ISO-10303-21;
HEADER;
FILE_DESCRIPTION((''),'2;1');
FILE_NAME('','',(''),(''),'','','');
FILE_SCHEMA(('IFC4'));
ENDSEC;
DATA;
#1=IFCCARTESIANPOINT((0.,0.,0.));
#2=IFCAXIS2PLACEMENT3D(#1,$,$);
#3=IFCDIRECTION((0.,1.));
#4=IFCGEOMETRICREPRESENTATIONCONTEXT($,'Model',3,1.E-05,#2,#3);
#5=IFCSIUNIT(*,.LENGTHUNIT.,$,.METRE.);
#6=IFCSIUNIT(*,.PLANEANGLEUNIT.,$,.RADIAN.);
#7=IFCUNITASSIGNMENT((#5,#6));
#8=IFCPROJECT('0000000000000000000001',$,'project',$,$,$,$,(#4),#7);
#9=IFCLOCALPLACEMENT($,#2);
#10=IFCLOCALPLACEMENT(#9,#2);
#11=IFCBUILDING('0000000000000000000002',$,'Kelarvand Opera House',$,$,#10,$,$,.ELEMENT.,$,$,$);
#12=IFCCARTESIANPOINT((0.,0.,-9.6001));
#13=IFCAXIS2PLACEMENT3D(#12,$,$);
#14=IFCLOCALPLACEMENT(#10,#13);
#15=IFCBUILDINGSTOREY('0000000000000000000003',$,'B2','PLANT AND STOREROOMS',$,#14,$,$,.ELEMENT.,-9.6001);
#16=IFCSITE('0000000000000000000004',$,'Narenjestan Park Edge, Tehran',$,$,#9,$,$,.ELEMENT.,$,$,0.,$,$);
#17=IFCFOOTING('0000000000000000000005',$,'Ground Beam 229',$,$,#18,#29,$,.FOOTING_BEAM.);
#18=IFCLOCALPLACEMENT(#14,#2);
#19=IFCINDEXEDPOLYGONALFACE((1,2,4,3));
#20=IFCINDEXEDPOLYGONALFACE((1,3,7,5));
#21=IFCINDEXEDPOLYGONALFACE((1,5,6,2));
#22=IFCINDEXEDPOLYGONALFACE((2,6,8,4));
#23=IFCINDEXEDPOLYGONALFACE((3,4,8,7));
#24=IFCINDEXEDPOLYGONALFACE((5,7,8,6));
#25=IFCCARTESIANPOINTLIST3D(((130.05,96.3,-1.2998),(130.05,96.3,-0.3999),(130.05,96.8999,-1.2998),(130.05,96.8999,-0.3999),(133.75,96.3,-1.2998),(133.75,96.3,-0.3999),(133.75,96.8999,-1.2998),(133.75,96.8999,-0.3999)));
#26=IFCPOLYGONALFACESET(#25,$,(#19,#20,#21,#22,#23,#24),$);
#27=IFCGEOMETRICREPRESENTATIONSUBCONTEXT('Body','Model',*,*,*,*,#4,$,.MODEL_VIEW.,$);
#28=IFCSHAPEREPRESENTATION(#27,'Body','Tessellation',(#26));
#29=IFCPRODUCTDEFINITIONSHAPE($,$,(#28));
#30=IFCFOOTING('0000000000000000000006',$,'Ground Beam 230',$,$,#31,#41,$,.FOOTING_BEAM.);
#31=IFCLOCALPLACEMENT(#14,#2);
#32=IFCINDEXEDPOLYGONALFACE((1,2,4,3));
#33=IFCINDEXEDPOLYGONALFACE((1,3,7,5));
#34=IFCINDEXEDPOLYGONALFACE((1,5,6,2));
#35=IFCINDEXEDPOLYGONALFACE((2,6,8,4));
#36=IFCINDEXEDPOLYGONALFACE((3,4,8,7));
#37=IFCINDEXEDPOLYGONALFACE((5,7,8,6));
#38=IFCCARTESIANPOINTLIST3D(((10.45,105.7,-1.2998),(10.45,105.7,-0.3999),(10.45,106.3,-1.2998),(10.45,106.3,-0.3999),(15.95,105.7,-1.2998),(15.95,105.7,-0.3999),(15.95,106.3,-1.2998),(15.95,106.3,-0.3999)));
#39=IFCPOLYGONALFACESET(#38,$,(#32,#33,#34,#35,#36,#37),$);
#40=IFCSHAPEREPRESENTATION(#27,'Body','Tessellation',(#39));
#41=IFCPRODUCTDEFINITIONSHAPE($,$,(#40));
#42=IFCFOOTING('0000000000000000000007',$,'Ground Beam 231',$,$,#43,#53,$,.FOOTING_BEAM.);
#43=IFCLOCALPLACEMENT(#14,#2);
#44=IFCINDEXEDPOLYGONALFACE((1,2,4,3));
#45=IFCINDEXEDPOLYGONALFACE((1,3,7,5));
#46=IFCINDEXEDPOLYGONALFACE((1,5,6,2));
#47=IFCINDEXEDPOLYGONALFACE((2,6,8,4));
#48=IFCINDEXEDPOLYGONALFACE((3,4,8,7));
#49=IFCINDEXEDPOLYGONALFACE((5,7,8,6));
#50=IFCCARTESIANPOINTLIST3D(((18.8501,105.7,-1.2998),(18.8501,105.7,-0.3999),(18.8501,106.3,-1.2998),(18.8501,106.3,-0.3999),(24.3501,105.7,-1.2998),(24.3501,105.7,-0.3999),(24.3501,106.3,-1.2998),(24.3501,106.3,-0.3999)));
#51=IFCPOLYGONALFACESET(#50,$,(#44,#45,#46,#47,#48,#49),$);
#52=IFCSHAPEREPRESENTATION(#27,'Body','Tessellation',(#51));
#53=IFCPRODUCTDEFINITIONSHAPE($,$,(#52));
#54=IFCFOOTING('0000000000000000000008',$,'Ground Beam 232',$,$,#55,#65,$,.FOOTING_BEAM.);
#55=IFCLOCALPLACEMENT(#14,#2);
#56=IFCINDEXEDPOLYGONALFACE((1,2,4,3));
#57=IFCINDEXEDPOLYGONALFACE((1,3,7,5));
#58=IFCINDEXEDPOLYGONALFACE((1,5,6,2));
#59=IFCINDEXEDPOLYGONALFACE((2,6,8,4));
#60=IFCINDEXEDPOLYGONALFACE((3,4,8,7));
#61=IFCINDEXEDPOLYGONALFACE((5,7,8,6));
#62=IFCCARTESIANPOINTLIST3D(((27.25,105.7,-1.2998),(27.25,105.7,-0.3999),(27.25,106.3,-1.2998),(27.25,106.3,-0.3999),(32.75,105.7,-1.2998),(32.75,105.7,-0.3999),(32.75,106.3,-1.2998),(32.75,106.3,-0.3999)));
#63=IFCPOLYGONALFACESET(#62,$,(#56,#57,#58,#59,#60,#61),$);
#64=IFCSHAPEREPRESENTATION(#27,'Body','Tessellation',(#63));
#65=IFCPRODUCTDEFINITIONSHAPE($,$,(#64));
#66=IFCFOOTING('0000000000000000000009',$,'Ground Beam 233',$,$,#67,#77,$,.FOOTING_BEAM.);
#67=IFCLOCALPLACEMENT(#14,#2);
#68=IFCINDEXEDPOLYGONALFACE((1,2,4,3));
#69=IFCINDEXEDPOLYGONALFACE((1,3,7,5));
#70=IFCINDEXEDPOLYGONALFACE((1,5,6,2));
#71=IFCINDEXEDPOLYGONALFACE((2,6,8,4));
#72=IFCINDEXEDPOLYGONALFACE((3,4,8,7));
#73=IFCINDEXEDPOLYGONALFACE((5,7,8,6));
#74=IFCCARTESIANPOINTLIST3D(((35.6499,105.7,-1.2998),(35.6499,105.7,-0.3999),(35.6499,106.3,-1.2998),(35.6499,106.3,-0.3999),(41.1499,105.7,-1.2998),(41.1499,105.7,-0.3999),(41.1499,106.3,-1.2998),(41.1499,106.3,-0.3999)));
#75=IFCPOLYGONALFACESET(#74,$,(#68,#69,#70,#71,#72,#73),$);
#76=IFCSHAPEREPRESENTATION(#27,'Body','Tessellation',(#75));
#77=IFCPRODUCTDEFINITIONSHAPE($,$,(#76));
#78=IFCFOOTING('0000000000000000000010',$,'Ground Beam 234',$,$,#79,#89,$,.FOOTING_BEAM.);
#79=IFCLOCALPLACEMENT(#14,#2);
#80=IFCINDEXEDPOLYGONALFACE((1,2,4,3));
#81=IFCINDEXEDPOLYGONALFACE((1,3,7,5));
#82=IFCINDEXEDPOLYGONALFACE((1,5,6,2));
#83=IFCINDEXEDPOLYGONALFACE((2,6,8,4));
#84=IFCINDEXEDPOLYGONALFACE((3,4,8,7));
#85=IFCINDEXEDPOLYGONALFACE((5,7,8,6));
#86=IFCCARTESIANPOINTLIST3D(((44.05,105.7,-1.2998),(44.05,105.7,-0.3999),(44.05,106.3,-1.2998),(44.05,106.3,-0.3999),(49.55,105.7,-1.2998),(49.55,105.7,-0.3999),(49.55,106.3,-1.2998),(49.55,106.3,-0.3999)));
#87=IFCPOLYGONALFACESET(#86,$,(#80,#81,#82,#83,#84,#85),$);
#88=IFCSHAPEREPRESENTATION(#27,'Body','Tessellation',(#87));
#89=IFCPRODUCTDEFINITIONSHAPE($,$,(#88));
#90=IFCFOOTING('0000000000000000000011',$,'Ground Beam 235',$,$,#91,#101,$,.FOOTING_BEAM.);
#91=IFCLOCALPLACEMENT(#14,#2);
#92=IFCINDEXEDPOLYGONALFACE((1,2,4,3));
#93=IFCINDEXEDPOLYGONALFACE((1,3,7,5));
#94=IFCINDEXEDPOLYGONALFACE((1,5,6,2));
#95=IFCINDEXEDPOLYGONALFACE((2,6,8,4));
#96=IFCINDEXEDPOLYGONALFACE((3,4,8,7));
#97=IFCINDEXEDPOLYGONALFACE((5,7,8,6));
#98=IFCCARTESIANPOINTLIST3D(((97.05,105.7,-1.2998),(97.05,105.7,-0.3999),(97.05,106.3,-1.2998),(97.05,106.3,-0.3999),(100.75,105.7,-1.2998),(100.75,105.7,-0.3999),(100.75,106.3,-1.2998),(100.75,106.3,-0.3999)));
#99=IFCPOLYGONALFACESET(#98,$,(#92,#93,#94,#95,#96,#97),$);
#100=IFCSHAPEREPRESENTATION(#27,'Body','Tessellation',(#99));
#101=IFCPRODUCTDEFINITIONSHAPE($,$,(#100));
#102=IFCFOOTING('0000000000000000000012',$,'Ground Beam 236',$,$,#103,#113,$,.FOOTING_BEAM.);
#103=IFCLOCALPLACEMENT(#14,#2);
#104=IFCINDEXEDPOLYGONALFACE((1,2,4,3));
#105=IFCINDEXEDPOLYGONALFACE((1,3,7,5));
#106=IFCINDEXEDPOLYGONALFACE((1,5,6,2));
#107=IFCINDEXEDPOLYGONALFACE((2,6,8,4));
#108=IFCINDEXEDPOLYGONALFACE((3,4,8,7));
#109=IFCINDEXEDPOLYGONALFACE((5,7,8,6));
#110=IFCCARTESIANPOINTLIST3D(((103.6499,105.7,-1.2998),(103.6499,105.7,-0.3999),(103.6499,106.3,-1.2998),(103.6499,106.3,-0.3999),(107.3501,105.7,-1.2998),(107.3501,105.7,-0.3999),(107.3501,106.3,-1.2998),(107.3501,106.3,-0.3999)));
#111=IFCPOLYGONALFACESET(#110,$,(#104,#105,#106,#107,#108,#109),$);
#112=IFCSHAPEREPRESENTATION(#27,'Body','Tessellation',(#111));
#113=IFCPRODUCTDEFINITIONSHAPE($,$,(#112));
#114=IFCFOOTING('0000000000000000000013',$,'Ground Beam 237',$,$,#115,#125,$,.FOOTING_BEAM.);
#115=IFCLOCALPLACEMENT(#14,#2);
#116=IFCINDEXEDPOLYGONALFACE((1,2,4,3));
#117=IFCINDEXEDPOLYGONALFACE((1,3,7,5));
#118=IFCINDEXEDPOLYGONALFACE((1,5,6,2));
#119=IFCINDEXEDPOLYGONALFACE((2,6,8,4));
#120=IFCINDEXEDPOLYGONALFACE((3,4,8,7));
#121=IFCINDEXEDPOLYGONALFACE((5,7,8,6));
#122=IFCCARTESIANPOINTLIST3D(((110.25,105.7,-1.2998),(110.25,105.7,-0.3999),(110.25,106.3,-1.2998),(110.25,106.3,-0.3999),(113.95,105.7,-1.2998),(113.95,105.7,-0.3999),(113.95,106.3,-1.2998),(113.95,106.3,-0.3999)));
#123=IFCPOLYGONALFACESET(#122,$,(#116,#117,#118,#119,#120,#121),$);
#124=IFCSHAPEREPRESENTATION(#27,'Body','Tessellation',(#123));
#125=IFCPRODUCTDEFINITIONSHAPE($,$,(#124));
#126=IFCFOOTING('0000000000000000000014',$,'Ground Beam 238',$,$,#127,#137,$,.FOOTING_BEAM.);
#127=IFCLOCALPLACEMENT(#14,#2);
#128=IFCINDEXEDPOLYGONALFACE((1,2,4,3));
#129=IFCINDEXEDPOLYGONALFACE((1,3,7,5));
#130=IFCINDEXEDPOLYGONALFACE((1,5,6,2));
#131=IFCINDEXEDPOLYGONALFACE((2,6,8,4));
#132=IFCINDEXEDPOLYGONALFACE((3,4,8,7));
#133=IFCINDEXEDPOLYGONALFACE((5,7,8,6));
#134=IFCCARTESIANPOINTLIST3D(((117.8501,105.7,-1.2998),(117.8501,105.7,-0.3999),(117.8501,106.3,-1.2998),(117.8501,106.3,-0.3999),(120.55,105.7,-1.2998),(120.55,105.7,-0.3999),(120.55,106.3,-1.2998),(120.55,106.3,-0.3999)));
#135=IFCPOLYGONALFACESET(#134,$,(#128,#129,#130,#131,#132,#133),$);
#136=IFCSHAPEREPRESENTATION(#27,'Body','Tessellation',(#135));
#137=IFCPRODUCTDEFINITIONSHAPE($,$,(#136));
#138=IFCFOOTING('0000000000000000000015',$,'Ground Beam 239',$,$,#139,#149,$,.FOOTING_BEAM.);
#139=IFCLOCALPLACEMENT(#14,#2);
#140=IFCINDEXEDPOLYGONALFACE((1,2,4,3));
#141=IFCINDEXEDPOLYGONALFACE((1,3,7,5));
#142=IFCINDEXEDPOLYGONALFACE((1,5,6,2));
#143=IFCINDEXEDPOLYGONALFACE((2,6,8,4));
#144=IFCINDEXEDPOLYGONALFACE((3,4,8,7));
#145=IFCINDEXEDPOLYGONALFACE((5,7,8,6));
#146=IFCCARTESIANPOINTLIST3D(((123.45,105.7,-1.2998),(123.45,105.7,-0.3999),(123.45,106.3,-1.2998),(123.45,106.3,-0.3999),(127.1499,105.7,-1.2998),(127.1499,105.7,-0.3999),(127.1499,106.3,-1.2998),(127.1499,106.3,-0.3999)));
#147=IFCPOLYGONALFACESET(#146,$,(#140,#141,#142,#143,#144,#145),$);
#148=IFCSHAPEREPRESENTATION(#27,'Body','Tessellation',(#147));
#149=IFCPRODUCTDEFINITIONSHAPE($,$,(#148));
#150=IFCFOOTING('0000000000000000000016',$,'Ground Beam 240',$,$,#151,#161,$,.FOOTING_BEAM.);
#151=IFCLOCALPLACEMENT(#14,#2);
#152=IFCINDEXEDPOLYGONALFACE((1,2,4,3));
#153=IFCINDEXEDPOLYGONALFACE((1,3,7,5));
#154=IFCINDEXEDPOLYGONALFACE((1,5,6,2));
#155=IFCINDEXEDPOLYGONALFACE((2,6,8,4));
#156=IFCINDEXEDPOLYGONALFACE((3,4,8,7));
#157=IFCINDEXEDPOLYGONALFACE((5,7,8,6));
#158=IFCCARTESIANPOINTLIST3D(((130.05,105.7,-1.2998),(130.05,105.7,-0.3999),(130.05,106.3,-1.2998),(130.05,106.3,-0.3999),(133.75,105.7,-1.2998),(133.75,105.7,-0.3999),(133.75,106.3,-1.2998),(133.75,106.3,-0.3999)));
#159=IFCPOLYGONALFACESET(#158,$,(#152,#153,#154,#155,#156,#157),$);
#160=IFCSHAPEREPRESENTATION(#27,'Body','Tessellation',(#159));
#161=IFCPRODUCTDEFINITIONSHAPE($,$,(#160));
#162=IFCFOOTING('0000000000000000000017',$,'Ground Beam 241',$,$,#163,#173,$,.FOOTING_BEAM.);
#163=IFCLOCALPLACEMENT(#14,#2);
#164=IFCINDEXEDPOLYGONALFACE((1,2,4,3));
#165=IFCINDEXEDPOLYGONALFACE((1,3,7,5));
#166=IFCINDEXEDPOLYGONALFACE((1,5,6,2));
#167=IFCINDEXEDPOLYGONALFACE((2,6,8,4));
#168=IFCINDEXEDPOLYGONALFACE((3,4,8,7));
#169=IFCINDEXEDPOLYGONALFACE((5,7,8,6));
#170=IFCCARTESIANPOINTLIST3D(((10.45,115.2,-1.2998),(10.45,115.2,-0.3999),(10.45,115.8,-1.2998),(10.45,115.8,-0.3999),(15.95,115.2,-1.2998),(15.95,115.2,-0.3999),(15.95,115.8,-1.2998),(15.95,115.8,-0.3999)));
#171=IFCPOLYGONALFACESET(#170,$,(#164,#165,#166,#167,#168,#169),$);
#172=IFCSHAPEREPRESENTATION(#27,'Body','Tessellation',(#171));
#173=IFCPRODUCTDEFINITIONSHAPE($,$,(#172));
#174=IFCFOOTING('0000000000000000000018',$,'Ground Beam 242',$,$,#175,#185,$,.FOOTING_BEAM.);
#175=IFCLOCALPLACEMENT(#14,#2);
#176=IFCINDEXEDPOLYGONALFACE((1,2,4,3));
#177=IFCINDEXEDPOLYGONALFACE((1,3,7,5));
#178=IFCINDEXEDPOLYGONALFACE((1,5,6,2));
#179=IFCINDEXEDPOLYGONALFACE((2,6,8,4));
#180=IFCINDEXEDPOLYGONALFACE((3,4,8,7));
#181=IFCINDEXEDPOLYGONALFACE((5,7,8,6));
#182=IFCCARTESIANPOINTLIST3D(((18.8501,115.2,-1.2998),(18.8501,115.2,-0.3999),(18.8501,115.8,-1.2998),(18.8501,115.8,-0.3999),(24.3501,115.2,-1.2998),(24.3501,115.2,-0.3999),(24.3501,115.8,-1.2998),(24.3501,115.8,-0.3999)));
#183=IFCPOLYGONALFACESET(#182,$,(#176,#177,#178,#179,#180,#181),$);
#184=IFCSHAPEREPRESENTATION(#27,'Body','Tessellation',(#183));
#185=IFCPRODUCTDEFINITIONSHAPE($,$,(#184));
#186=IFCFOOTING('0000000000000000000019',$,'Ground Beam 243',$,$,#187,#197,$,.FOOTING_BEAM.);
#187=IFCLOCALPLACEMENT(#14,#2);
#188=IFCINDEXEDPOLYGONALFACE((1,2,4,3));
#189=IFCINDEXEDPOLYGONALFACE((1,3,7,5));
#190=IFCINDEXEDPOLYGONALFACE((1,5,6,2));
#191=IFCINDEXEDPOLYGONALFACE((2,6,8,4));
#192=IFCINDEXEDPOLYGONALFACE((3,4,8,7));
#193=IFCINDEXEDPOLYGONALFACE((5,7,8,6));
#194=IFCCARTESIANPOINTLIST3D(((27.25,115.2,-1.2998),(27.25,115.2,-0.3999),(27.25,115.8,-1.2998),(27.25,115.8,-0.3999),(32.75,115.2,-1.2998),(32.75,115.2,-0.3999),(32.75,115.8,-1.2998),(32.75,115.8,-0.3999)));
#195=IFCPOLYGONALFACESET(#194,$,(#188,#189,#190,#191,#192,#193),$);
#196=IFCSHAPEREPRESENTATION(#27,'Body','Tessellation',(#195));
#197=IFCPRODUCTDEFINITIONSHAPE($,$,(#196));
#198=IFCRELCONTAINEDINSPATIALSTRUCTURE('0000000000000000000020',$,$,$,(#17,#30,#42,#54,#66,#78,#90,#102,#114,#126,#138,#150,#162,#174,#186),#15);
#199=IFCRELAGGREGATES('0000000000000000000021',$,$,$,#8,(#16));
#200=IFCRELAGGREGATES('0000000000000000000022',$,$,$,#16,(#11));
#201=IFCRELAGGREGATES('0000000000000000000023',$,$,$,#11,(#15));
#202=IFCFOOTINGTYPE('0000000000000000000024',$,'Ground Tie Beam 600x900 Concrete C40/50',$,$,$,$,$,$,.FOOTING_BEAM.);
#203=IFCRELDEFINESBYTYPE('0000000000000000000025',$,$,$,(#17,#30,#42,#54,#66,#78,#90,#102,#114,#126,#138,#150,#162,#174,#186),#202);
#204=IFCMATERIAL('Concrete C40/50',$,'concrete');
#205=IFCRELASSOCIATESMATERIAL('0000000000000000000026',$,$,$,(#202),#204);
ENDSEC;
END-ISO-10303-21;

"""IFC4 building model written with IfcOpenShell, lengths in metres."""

from ifc_helpers import new_model, si_unit, direction, frame, origin, place, context, subcontext, project, spatial, polyline, outline, extrude, material, type_object, element, save


model = new_model("IFC4")

# Units and contexts
model_context = context("Model", 3, precision=1e-05, world=origin(), true_north=direction((0.0, 1.0)))
body_context = subcontext(model_context, "Body", "Model", "MODEL_VIEW")
ifc_project = project(units=[si_unit("LENGTHUNIT", "METRE"), si_unit("PLANEANGLEUNIT", "RADIAN")], contexts=[model_context])

# Site, building, storey
site_placement = place(None, origin())
site = spatial("IfcSite", under=ifc_project, at=site_placement, Name="Narenjestan Park Edge, Tehran", CompositionType="ELEMENT", RefElevation=0.0)
building_placement = place(site_placement, origin())
building = spatial("IfcBuilding", under=site, at=building_placement, Name="Kelarvand Opera House", CompositionType="ELEMENT")
storey_placement = place(building_placement, frame((0.0, 0.0, -9.6001)))
storey = spatial("IfcBuildingStorey", under=building, at=storey_placement, Name="B2", Description="PLANT AND STOREROOMS", CompositionType="ELEMENT", Elevation=-9.6001)

# Footings
ifc_material = material(Name="Concrete C40/50", Category="concrete")
footing_type_1 = type_object("IfcFootingType", Name="Ground Tie Beam 600x900 Concrete C40/50", PredefinedType="FOOTING_BEAM", material=ifc_material)
footing_1_placement = place(storey_placement, frame((0.0, 0.0, -1.2998)))
element("IfcFooting", 1, at=footing_1_placement, inside=storey, type_object=footing_type_1, Name="Ground Beam 229", PredefinedType="FOOTING_BEAM", context=body_context, shape_type="SweptSolid", body=[
    extrude(outline(polyline([(130.05, 96.3), (133.75, 96.3), (133.75, 96.8999), (130.05, 96.8999), (130.05, 96.3)])), origin(), (0.0, 0.0, 1.0), 0.8999),
])
footing_2_placement = place(storey_placement, frame((0.0, 0.0, -1.2998)))
element("IfcFooting", 2, at=footing_2_placement, inside=storey, type_object=footing_type_1, Name="Ground Beam 230", PredefinedType="FOOTING_BEAM", context=body_context, shape_type="SweptSolid", body=[
    extrude(outline(polyline([(10.45, 105.7), (15.95, 105.7), (15.95, 106.3), (10.45, 106.3), (10.45, 105.7)])), origin(), (0.0, 0.0, 1.0), 0.8999),
])
footing_3_placement = place(storey_placement, frame((0.0, 0.0, -1.2998)))
element("IfcFooting", 3, at=footing_3_placement, inside=storey, type_object=footing_type_1, Name="Ground Beam 231", PredefinedType="FOOTING_BEAM", context=body_context, shape_type="SweptSolid", body=[
    extrude(outline(polyline([(18.8501, 105.7), (24.3501, 105.7), (24.3501, 106.3), (18.8501, 106.3), (18.8501, 105.7)])), origin(), (0.0, 0.0, 1.0), 0.8999),
])
footing_4_placement = place(storey_placement, frame((0.0, 0.0, -1.2998)))
element("IfcFooting", 4, at=footing_4_placement, inside=storey, type_object=footing_type_1, Name="Ground Beam 232", PredefinedType="FOOTING_BEAM", context=body_context, shape_type="SweptSolid", body=[
    extrude(outline(polyline([(27.25, 105.7), (32.75, 105.7), (32.75, 106.3), (27.25, 106.3), (27.25, 105.7)])), origin(), (0.0, 0.0, 1.0), 0.8999),
])
footing_5_placement = place(storey_placement, frame((0.0, 0.0, -1.2998)))
element("IfcFooting", 5, at=footing_5_placement, inside=storey, type_object=footing_type_1, Name="Ground Beam 233", PredefinedType="FOOTING_BEAM", context=body_context, shape_type="SweptSolid", body=[
    extrude(outline(polyline([(35.6499, 105.7), (41.1499, 105.7), (41.1499, 106.3), (35.6499, 106.3), (35.6499, 105.7)])), origin(), (0.0, 0.0, 1.0), 0.8999),
])
footing_6_placement = place(storey_placement, frame((0.0, 0.0, -1.2998)))
element("IfcFooting", 6, at=footing_6_placement, inside=storey, type_object=footing_type_1, Name="Ground Beam 234", PredefinedType="FOOTING_BEAM", context=body_context, shape_type="SweptSolid", body=[
    extrude(outline(polyline([(44.05, 105.7), (49.55, 105.7), (49.55, 106.3), (44.05, 106.3), (44.05, 105.7)])), origin(), (0.0, 0.0, 1.0), 0.8999),
])
footing_7_placement = place(storey_placement, frame((0.0, 0.0, -1.2998)))
element("IfcFooting", 7, at=footing_7_placement, inside=storey, type_object=footing_type_1, Name="Ground Beam 235", PredefinedType="FOOTING_BEAM", context=body_context, shape_type="SweptSolid", body=[
    extrude(outline(polyline([(97.05, 105.7), (100.75, 105.7), (100.75, 106.3), (97.05, 106.3), (97.05, 105.7)])), origin(), (0.0, 0.0, 1.0), 0.8999),
])
footing_8_placement = place(storey_placement, frame((0.0, 0.0, -1.2998)))
element("IfcFooting", 8, at=footing_8_placement, inside=storey, type_object=footing_type_1, Name="Ground Beam 236", PredefinedType="FOOTING_BEAM", context=body_context, shape_type="SweptSolid", body=[
    extrude(outline(polyline([(103.6499, 105.7), (107.3501, 105.7), (107.3501, 106.3), (103.6499, 106.3), (103.6499, 105.7)])), origin(), (0.0, 0.0, 1.0), 0.8999),
])
footing_9_placement = place(storey_placement, frame((0.0, 0.0, -1.2998)))
element("IfcFooting", 9, at=footing_9_placement, inside=storey, type_object=footing_type_1, Name="Ground Beam 237", PredefinedType="FOOTING_BEAM", context=body_context, shape_type="SweptSolid", body=[
    extrude(outline(polyline([(110.25, 105.7), (113.95, 105.7), (113.95, 106.3), (110.25, 106.3), (110.25, 105.7)])), origin(), (0.0, 0.0, 1.0), 0.8999),
])
footing_10_placement = place(storey_placement, frame((0.0, 0.0, -1.2998)))
element("IfcFooting", 10, at=footing_10_placement, inside=storey, type_object=footing_type_1, Name="Ground Beam 238", PredefinedType="FOOTING_BEAM", context=body_context, shape_type="SweptSolid", body=[
    extrude(outline(polyline([(117.8501, 105.7), (120.55, 105.7), (120.55, 106.3), (117.8501, 106.3), (117.8501, 105.7)])), origin(), (0.0, 0.0, 1.0), 0.8999),
])
footing_11_placement = place(storey_placement, frame((0.0, 0.0, -1.2998)))
element("IfcFooting", 11, at=footing_11_placement, inside=storey, type_object=footing_type_1, Name="Ground Beam 239", PredefinedType="FOOTING_BEAM", context=body_context, shape_type="SweptSolid", body=[
    extrude(outline(polyline([(123.45, 105.7), (127.1499, 105.7), (127.1499, 106.3), (123.45, 106.3), (123.45, 105.7)])), origin(), (0.0, 0.0, 1.0), 0.8999),
])
footing_12_placement = place(storey_placement, frame((0.0, 0.0, -1.2998)))
element("IfcFooting", 12, at=footing_12_placement, inside=storey, type_object=footing_type_1, Name="Ground Beam 240", PredefinedType="FOOTING_BEAM", context=body_context, shape_type="SweptSolid", body=[
    extrude(outline(polyline([(130.05, 105.7), (133.75, 105.7), (133.75, 106.3), (130.05, 106.3), (130.05, 105.7)])), origin(), (0.0, 0.0, 1.0), 0.8999),
])
footing_13_placement = place(storey_placement, frame((0.0, 0.0, -1.2998)))
element("IfcFooting", 13, at=footing_13_placement, inside=storey, type_object=footing_type_1, Name="Ground Beam 241", PredefinedType="FOOTING_BEAM", context=body_context, shape_type="SweptSolid", body=[
    extrude(outline(polyline([(10.45, 115.2), (15.95, 115.2), (15.95, 115.8), (10.45, 115.8), (10.45, 115.2)])), origin(), (0.0, 0.0, 1.0), 0.8999),
])
footing_14_placement = place(storey_placement, frame((0.0, 0.0, -1.2998)))
element("IfcFooting", 14, at=footing_14_placement, inside=storey, type_object=footing_type_1, Name="Ground Beam 242", PredefinedType="FOOTING_BEAM", context=body_context, shape_type="SweptSolid", body=[
    extrude(outline(polyline([(18.8501, 115.2), (24.3501, 115.2), (24.3501, 115.8), (18.8501, 115.8), (18.8501, 115.2)])), origin(), (0.0, 0.0, 1.0), 0.8999),
])
footing_15_placement = place(storey_placement, frame((0.0, 0.0, -1.2998)))
element("IfcFooting", 15, at=footing_15_placement, inside=storey, type_object=footing_type_1, Name="Ground Beam 243", PredefinedType="FOOTING_BEAM", context=body_context, shape_type="SweptSolid", body=[
    extrude(outline(polyline([(27.25, 115.2), (32.75, 115.2), (32.75, 115.8), (27.25, 115.8), (27.25, 115.2)])), origin(), (0.0, 0.0, 1.0), 0.8999),
])

save(model, "model.ifc")
